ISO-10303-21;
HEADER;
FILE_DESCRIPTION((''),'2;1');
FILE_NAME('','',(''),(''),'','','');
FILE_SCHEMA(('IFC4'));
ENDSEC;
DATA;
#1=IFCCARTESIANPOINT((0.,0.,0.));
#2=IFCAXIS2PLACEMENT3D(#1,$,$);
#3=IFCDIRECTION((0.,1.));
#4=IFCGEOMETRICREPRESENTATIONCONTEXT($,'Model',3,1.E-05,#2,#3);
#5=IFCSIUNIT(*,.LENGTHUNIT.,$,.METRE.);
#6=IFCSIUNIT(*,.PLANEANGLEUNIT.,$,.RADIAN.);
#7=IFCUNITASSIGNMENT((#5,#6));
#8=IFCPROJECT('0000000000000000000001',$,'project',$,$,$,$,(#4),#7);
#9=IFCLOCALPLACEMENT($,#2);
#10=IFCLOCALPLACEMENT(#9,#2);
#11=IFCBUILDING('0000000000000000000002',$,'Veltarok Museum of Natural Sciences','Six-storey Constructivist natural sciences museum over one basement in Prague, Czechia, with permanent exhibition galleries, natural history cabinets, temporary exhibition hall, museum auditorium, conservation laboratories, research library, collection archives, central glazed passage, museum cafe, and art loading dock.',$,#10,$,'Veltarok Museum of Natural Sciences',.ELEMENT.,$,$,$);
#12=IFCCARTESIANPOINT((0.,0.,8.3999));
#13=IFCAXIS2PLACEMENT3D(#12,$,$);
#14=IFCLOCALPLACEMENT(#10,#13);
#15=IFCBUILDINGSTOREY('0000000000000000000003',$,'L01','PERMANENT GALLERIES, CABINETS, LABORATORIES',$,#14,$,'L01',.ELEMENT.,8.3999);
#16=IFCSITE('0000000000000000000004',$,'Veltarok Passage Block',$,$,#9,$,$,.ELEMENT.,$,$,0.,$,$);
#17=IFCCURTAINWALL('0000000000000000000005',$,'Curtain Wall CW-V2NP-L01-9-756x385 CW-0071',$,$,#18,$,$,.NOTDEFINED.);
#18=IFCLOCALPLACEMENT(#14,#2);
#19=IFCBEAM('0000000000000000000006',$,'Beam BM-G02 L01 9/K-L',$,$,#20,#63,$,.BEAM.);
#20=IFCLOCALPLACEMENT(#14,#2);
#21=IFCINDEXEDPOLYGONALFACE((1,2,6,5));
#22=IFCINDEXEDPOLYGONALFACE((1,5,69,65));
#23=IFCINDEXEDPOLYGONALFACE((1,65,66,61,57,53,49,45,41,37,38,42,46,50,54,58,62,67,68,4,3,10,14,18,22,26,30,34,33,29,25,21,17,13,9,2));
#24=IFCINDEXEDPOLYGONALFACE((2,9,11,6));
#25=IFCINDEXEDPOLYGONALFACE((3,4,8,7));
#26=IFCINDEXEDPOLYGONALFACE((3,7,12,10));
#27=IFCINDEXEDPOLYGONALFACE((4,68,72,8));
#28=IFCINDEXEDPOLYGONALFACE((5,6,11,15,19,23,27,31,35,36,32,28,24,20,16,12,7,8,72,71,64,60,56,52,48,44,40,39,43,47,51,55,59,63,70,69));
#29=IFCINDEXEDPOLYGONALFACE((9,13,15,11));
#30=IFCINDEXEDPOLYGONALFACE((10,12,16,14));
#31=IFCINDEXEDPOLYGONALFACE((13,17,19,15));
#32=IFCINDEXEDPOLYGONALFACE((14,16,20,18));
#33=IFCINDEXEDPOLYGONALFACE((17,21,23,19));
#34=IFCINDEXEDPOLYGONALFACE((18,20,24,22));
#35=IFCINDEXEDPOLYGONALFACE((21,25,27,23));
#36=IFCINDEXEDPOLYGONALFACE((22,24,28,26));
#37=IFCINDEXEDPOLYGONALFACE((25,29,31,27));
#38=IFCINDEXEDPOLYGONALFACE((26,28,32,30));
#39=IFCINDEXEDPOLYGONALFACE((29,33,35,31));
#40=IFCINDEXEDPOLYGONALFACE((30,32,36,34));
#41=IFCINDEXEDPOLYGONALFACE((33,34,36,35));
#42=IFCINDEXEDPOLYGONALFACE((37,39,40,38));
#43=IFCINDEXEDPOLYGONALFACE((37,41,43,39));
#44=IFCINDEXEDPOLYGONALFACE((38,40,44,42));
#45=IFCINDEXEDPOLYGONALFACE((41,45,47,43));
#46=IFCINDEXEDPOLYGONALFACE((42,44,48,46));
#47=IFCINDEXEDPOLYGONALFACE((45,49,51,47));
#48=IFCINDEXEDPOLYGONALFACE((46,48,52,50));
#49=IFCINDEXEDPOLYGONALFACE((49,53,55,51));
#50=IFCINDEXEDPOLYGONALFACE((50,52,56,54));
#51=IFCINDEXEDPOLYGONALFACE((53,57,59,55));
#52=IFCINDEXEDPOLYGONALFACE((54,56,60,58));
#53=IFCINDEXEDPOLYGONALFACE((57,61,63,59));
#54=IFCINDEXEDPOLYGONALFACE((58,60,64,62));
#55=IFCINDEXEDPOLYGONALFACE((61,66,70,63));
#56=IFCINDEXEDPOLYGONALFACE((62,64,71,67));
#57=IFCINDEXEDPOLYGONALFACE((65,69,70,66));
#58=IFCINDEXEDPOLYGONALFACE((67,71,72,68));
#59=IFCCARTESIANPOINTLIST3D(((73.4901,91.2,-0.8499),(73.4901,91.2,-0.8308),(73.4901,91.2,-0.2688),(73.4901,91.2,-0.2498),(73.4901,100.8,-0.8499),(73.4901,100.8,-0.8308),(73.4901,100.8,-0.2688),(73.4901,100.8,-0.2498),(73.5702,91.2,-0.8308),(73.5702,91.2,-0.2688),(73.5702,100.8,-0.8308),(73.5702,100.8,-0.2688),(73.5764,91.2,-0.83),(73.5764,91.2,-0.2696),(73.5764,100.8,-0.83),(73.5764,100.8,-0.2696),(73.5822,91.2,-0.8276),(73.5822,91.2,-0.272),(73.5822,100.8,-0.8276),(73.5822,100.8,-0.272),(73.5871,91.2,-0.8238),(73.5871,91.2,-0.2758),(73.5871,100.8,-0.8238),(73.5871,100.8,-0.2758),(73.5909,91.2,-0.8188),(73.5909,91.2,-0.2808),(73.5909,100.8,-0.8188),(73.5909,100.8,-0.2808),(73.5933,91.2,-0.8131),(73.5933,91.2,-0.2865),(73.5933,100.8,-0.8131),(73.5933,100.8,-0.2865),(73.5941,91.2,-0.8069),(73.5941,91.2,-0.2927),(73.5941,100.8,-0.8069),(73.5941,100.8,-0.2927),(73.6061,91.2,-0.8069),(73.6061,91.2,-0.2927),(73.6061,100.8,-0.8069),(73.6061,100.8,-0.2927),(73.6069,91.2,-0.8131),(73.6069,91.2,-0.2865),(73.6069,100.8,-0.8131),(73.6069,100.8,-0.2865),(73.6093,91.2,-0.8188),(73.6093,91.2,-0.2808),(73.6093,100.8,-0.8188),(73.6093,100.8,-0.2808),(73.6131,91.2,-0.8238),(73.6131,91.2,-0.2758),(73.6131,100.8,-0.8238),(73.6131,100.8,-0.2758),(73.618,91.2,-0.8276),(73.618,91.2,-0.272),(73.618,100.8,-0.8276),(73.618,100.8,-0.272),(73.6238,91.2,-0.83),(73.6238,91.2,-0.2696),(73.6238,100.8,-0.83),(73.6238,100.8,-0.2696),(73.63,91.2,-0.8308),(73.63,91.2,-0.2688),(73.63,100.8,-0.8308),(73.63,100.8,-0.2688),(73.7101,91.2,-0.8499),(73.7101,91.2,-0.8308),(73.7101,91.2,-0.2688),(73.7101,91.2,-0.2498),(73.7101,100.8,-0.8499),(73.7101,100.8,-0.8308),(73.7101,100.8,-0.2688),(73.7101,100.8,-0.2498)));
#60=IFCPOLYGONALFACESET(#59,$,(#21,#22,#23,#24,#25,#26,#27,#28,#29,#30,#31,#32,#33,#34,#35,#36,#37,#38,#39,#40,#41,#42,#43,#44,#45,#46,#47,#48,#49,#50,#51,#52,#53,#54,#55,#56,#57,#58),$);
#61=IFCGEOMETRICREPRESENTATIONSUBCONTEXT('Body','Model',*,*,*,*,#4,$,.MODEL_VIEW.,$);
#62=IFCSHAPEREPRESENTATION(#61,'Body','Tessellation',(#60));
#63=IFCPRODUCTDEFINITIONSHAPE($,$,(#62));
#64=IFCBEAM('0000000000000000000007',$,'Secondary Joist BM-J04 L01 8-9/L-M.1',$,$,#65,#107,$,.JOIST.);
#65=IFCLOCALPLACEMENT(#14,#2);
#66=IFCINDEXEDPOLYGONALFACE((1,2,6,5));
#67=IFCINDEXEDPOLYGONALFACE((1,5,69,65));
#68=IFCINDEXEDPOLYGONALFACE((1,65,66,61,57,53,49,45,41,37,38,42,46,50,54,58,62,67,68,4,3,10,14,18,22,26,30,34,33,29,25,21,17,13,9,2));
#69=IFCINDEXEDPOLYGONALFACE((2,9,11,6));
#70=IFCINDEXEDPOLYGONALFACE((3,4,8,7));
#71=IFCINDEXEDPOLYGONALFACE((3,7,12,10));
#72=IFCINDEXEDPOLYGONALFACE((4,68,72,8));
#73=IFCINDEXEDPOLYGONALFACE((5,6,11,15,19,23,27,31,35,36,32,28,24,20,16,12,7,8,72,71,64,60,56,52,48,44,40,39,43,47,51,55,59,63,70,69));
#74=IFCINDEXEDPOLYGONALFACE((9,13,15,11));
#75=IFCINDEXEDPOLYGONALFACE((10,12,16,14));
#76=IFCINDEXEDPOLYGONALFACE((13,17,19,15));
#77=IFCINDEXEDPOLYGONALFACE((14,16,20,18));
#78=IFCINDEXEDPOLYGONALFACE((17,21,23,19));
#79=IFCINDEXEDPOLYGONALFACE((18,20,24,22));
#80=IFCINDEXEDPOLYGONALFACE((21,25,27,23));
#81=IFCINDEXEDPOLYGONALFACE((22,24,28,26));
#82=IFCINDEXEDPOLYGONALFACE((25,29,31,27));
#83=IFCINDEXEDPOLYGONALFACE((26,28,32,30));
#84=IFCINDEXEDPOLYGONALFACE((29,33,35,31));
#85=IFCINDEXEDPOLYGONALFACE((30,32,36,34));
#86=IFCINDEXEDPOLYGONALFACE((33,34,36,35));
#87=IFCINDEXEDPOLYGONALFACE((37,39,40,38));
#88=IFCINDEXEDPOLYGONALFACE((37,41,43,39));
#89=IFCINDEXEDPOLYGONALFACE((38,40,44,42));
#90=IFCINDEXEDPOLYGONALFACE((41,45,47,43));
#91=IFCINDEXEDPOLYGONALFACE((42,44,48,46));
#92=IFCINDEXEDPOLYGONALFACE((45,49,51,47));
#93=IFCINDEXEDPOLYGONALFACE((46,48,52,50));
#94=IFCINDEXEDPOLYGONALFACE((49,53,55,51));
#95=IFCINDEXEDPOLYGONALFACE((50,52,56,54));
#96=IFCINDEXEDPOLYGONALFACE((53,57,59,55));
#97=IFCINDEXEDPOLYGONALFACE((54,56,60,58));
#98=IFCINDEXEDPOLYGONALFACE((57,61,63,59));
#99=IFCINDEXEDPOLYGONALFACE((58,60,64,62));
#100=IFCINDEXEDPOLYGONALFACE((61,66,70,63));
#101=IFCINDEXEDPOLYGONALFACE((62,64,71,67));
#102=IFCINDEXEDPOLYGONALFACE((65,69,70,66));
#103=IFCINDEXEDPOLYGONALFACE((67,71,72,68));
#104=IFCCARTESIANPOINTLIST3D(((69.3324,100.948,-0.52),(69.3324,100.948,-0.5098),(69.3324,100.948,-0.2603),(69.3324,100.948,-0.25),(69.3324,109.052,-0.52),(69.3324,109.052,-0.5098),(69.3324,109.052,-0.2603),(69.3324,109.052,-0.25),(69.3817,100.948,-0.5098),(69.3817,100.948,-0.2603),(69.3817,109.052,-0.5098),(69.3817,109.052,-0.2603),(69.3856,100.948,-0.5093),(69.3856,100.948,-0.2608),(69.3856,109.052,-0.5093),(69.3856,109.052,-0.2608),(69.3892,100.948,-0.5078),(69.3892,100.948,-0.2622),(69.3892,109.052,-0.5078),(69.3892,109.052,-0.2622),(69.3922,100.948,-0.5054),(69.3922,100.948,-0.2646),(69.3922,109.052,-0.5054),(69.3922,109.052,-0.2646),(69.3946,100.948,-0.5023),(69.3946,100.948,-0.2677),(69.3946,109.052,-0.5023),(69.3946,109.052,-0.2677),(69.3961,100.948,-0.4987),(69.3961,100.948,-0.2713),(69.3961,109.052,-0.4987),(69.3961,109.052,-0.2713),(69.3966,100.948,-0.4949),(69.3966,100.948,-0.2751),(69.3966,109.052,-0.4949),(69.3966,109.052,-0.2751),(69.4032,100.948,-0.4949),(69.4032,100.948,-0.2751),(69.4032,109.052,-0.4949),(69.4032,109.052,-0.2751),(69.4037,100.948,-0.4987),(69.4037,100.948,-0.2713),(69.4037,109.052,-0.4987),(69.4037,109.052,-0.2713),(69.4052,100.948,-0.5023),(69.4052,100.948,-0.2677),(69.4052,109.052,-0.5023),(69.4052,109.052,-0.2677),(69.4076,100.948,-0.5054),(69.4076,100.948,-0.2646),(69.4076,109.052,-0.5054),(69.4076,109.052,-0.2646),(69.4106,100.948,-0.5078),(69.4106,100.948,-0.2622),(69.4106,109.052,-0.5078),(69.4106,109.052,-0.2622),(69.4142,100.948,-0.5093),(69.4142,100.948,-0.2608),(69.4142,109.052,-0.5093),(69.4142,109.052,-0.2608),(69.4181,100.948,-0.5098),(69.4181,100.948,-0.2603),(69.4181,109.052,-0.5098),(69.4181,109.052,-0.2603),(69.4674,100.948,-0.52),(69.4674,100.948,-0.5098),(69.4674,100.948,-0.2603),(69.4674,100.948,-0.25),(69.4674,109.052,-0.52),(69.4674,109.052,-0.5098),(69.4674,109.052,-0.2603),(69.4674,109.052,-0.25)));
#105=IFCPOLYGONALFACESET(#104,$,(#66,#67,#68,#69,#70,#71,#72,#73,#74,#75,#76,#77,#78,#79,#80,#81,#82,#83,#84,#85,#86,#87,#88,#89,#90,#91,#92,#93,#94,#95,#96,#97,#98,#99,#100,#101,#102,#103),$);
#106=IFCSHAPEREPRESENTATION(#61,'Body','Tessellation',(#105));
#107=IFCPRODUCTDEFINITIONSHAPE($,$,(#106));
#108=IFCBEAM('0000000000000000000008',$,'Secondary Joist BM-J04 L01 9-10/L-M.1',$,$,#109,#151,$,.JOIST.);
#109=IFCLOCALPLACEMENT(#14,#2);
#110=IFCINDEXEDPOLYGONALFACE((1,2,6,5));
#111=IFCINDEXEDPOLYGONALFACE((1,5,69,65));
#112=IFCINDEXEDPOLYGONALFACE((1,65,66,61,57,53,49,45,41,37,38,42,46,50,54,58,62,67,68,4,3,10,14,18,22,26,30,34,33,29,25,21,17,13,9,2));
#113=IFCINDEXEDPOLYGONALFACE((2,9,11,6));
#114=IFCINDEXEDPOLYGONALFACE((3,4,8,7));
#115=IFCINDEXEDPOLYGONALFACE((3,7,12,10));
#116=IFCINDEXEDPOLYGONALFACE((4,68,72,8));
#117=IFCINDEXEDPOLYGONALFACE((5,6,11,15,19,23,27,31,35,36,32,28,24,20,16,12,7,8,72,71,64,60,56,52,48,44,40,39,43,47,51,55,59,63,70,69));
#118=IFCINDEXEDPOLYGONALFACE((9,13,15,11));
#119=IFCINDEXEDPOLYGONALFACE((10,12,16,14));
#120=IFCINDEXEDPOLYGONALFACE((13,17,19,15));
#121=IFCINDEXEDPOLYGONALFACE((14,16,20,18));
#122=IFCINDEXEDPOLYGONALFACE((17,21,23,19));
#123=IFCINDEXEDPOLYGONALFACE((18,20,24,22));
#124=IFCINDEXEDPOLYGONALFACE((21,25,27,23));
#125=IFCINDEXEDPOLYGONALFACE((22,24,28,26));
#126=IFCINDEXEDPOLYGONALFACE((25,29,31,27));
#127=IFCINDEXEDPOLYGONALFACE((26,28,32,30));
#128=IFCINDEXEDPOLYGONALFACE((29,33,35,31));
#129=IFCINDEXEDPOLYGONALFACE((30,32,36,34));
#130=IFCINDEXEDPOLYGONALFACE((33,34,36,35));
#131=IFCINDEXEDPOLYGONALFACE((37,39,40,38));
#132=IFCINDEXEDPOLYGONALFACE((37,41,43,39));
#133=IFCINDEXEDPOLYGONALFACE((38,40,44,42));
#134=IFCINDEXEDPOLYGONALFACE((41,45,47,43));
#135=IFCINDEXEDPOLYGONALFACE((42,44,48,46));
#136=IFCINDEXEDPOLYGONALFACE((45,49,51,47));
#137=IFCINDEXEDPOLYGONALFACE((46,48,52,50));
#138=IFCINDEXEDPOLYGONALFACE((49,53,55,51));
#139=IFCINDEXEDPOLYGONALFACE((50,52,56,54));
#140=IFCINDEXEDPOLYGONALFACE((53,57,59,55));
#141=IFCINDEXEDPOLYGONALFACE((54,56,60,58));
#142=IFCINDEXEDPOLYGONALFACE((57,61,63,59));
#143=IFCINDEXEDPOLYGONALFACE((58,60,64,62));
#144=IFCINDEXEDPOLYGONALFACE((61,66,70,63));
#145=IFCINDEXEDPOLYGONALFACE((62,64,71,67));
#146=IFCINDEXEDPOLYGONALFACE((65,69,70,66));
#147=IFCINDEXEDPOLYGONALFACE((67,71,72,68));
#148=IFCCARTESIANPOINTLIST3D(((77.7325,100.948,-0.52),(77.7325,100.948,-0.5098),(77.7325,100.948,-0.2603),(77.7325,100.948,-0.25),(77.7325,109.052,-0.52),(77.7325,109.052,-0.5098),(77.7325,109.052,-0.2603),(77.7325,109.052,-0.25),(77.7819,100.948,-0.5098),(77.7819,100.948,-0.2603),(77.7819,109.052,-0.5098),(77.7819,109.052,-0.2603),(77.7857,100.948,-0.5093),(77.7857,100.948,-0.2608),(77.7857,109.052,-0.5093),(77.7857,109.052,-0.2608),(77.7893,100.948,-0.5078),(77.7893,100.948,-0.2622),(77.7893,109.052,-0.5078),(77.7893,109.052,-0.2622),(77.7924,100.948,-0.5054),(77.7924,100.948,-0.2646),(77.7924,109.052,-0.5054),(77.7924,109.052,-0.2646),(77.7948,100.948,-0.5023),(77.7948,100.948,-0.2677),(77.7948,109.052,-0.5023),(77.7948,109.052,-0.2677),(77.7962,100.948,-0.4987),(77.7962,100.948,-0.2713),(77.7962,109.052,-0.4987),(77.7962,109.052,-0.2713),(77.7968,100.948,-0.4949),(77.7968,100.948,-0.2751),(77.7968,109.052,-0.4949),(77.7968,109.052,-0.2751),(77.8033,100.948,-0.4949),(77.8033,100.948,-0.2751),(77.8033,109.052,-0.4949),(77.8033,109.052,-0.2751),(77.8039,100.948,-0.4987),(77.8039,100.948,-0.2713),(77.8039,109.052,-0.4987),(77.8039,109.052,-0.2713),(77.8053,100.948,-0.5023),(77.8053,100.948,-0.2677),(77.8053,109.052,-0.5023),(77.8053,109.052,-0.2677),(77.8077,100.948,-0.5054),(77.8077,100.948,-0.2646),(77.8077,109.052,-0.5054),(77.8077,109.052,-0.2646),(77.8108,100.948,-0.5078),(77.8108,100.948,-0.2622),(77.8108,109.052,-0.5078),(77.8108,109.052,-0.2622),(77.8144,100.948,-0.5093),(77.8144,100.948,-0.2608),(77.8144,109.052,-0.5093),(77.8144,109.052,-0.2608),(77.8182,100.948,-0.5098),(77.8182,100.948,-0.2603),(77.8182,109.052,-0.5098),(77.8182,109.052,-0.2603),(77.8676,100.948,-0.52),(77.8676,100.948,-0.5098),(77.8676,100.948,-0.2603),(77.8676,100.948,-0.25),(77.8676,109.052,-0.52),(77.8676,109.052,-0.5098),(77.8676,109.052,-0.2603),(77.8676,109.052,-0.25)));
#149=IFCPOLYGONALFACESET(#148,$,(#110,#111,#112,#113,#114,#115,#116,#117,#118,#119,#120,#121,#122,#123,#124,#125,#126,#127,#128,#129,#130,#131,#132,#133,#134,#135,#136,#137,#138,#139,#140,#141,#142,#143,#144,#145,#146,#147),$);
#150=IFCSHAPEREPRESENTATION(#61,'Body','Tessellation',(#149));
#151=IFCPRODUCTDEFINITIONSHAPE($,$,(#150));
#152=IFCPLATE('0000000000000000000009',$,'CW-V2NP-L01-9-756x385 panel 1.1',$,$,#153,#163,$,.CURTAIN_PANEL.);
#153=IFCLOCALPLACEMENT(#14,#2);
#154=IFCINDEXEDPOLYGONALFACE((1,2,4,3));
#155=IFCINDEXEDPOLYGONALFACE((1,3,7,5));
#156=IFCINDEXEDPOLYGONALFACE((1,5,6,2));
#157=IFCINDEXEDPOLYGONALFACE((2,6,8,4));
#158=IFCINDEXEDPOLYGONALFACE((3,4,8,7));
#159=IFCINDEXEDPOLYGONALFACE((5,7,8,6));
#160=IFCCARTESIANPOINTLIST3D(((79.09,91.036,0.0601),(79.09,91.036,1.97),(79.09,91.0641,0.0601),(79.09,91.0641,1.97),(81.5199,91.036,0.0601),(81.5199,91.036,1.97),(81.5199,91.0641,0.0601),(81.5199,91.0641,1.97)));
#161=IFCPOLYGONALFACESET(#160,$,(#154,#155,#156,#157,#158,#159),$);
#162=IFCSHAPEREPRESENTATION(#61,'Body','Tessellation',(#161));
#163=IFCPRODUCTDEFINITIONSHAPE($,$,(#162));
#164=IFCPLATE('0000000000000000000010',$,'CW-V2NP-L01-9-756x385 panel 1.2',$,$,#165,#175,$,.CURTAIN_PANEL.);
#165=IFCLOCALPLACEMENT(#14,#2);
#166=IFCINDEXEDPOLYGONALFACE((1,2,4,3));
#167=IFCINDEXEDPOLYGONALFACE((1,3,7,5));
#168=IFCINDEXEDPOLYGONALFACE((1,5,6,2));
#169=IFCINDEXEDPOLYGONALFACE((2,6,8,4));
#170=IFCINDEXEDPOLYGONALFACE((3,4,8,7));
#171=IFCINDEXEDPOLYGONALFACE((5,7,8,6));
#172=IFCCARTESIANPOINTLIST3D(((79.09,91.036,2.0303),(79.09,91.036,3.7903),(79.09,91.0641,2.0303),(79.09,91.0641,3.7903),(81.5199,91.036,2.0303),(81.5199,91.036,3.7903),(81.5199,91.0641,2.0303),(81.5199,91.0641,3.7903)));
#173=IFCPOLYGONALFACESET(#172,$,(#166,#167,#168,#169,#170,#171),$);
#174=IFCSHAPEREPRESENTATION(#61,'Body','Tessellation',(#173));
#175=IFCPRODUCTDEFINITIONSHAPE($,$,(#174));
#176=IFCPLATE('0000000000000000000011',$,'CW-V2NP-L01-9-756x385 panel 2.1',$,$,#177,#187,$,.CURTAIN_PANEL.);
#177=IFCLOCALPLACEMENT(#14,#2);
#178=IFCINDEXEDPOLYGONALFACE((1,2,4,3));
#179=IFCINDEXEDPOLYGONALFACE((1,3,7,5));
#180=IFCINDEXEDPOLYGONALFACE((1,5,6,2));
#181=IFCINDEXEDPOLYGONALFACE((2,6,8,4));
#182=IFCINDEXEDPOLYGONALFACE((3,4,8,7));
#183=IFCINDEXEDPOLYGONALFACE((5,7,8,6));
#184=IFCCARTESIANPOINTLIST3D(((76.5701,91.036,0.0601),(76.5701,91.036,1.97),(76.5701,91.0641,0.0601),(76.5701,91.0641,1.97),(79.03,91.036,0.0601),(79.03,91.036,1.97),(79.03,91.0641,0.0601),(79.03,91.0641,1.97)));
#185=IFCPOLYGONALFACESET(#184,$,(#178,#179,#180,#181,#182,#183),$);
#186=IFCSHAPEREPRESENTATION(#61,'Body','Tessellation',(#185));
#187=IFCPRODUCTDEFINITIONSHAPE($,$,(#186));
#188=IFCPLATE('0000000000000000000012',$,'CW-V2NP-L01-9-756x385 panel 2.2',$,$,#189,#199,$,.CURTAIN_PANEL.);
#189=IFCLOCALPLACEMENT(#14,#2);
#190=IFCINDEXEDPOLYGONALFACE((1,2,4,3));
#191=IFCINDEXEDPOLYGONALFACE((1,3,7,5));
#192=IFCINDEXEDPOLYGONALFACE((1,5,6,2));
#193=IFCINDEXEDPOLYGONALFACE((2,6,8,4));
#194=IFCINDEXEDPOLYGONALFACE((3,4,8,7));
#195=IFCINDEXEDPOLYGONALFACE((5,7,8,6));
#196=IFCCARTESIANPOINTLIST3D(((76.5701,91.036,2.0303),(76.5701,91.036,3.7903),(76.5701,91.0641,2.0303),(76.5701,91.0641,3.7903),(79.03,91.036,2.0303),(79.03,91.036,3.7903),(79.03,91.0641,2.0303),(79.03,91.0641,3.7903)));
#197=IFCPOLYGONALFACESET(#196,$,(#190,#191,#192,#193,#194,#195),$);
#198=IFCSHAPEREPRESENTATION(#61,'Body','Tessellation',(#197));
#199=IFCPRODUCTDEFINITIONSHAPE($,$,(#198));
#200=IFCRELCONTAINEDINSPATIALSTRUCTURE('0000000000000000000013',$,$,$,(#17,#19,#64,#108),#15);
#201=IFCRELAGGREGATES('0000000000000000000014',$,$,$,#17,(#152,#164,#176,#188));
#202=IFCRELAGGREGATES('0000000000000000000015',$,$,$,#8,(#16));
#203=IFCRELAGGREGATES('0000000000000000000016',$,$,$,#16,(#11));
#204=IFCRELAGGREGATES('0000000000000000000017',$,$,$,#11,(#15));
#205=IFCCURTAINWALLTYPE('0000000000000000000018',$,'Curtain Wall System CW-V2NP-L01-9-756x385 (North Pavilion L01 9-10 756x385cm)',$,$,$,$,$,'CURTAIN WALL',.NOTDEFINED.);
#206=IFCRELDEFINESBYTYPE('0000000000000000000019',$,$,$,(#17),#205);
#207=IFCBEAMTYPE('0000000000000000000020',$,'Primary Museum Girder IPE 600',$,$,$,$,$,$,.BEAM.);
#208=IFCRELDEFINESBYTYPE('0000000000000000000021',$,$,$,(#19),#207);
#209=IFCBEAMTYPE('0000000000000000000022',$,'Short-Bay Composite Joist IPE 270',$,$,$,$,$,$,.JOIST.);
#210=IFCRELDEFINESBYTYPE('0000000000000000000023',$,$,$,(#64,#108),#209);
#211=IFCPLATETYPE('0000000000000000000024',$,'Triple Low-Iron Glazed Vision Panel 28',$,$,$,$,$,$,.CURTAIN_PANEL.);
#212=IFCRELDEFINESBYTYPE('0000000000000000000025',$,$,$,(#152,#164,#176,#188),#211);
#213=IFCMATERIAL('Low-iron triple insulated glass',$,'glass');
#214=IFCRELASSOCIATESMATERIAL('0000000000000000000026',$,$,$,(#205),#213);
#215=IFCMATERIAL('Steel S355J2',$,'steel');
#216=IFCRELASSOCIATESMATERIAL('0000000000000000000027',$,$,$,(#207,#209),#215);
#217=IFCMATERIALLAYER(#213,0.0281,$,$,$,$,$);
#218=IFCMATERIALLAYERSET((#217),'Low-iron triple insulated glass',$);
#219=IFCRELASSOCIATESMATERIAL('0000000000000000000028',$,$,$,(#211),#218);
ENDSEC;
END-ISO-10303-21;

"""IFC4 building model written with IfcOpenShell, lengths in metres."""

from ifc_helpers import new_model, si_unit, direction, frame, origin, origin_2d, place, context, subcontext, project, spatial, rectangle, i_section, extrude, material, layer, layer_set, material_profile, profile_set, type_object, element, aggregate, save


model = new_model("IFC4")

# Units and contexts
model_context = context("Model", 3, precision=1e-05, world=origin(), true_north=direction((0.0, 1.0)))
body_context = subcontext(model_context, "Body", "Model", "MODEL_VIEW")
ifc_project = project(units=[si_unit("LENGTHUNIT", "METRE"), si_unit("PLANEANGLEUNIT", "RADIAN")], contexts=[model_context])

# Site, building, storey
site_placement = place(None, origin())
site = spatial("IfcSite", under=ifc_project, at=site_placement, Name="Veltarok Passage Block", CompositionType="ELEMENT", RefElevation=0.0)
building_placement = place(site_placement, origin())
building = spatial("IfcBuilding", under=site, at=building_placement, Name="Veltarok Museum of Natural Sciences", Description="Six-storey Constructivist natural sciences museum over one basement in Prague, Czechia, with permanent exhibition galleries, natural history cabinets, temporary exhibition hall, museum auditorium, conservation laboratories, research library, collection archives, central glazed passage, museum cafe, and art loading dock.", LongName="Veltarok Museum of Natural Sciences", CompositionType="ELEMENT")
storey_placement = place(building_placement, frame((0.0, 0.0, 8.3999)))
storey = spatial("IfcBuildingStorey", under=building, at=storey_placement, Name="L01", Description="PERMANENT GALLERIES, CABINETS, LABORATORIES", LongName="L01", CompositionType="ELEMENT", Elevation=8.3999)

# Shared definitions
ifc_material_1 = material(Name="Steel S355J2", Category="steel")

# Curtain wall
ifc_material_2 = material(Name="Low-iron triple insulated glass", Category="glass")
curtain_wall_type = type_object("IfcCurtainWallType", Name="Curtain Wall System CW-V2NP-L01-9-756x385 (North Pavilion L01 9-10 756x385cm)", ElementType="CURTAIN WALL", PredefinedType="NOTDEFINED", material=ifc_material_2)
curtain_wall_placement = place(storey_placement, origin())
curtain_wall = element("IfcCurtainWall", 1, at=curtain_wall_placement, inside=storey, type_object=curtain_wall_type, Name="Curtain Wall CW-V2NP-L01-9-756x385 CW-0071", PredefinedType="NOTDEFINED")

# Beams
ifc_material_profile_1 = material_profile(ifc_material_1, i_section(OverallWidth=0.22, OverallDepth=0.6001, WebThickness=0.012, FlangeThickness=0.019, FilletRadius=0.0239, at=origin_2d()), Name="IPE 600")
ifc_profile_set_1 = profile_set([ifc_material_profile_1], Name="Steel S355J2")
beam_type_1 = type_object("IfcBeamType", Name="Primary Museum Girder IPE 600", PredefinedType="BEAM", material=ifc_profile_set_1)
for number, where, z_axis, x_axis, name in (
    (2, (73.6001, 91.2, -0.5498), (0.0, 1.0, 0.0), (-1.0, 0.0, 0.0), "Beam BM-G02 L01 9/K-L"),
):
    element("IfcBeam", number, at=place(storey_placement, frame(where, z_axis=z_axis, x_axis=x_axis)), inside=storey, type_object=beam_type_1, Name=name, PredefinedType="BEAM", context=body_context, shape_type="SweptSolid", body=[
        extrude(i_section(OverallWidth=0.22, OverallDepth=0.6001, WebThickness=0.012, FlangeThickness=0.019, FilletRadius=0.0239, at=origin_2d()), origin(), (0.0, 0.0, 1.0), 9.6001),
    ])
ifc_material_profile_2 = material_profile(ifc_material_1, i_section(OverallWidth=0.135, OverallDepth=0.27, WebThickness=0.0066, FlangeThickness=0.0103, FilletRadius=0.0149, at=origin_2d()), Name="IPE 270")
ifc_profile_set_2 = profile_set([ifc_material_profile_2], Name="Steel S355J2")
beam_type_2 = type_object("IfcBeamType", Name="Short-Bay Composite Joist IPE 270", PredefinedType="JOIST", material=ifc_profile_set_2)
for number, where, z_axis, x_axis, name in (
    (3, (69.3999, 100.948, -0.385), (0.0, 1.0, 0.0), (-1.0, 0.0, 0.0), "Secondary Joist BM-J04 L01 8-9/L-M.1"),
    (4, (77.8, 100.948, -0.385), (0.0, 1.0, 0.0), (-1.0, 0.0, 0.0), "Secondary Joist BM-J04 L01 9-10/L-M.1"),
):
    element("IfcBeam", number, at=place(storey_placement, frame(where, z_axis=z_axis, x_axis=x_axis)), inside=storey, type_object=beam_type_2, Name=name, PredefinedType="JOIST", context=body_context, shape_type="SweptSolid", body=[
        extrude(i_section(OverallWidth=0.135, OverallDepth=0.27, WebThickness=0.0066, FlangeThickness=0.0103, FilletRadius=0.0149, at=origin_2d()), origin(), (0.0, 0.0, 1.0), 8.104),
    ])

# Plates
ifc_layer = layer(ifc_material_2, 0.0281)
ifc_layer_set = layer_set([ifc_layer], Name="Low-iron triple insulated glass")
plate_type = type_object("IfcPlateType", Name="Triple Low-Iron Glazed Vision Panel 28", PredefinedType="CURTAIN_PANEL", material=ifc_layer_set)
plate_1_placement = place(storey_placement, frame((80.3049, 91.05, 0.0601), z_axis=(0.0, 0.0, 1.0), x_axis=(-1.0, 0.0, 0.0)))
plate_1 = element("IfcPlate", 5, at=plate_1_placement, type_object=plate_type, Name="CW-V2NP-L01-9-756x385 panel 1.1", PredefinedType="CURTAIN_PANEL", context=body_context, shape_type="SweptSolid", body=[
    extrude(rectangle(XDim=2.4299, YDim=0.0281, at=origin_2d()), origin(), (0.0, 0.0, 1.0), 1.9099),
])
plate_2_placement = place(storey_placement, frame((80.3049, 91.05, 2.0303), z_axis=(0.0, 0.0, 1.0), x_axis=(-1.0, 0.0, 0.0)))
plate_2 = element("IfcPlate", 6, at=plate_2_placement, type_object=plate_type, Name="CW-V2NP-L01-9-756x385 panel 1.2", PredefinedType="CURTAIN_PANEL", context=body_context, shape_type="SweptSolid", body=[
    extrude(rectangle(XDim=2.4299, YDim=0.0281, at=origin_2d()), origin(), (0.0, 0.0, 1.0), 1.76),
])
plate_3_placement = place(storey_placement, frame((77.8, 91.05, 0.0601), z_axis=(0.0, 0.0, 1.0), x_axis=(-1.0, 0.0, 0.0)))
plate_3 = element("IfcPlate", 7, at=plate_3_placement, type_object=plate_type, Name="CW-V2NP-L01-9-756x385 panel 2.1", PredefinedType="CURTAIN_PANEL", context=body_context, shape_type="SweptSolid", body=[
    extrude(rectangle(XDim=2.46, YDim=0.0281, at=origin_2d()), origin(), (0.0, 0.0, 1.0), 1.9099),
])
plate_4_placement = place(storey_placement, frame((77.8, 91.05, 2.0303), z_axis=(0.0, 0.0, 1.0), x_axis=(-1.0, 0.0, 0.0)))
plate_4 = element("IfcPlate", 8, at=plate_4_placement, type_object=plate_type, Name="CW-V2NP-L01-9-756x385 panel 2.2", PredefinedType="CURTAIN_PANEL", context=body_context, shape_type="SweptSolid", body=[
    extrude(rectangle(XDim=2.46, YDim=0.0281, at=origin_2d()), origin(), (0.0, 0.0, 1.0), 1.76),
])
aggregate(curtain_wall, [plate_1, plate_2, plate_3, plate_4])

save(model, "model.ifc")
